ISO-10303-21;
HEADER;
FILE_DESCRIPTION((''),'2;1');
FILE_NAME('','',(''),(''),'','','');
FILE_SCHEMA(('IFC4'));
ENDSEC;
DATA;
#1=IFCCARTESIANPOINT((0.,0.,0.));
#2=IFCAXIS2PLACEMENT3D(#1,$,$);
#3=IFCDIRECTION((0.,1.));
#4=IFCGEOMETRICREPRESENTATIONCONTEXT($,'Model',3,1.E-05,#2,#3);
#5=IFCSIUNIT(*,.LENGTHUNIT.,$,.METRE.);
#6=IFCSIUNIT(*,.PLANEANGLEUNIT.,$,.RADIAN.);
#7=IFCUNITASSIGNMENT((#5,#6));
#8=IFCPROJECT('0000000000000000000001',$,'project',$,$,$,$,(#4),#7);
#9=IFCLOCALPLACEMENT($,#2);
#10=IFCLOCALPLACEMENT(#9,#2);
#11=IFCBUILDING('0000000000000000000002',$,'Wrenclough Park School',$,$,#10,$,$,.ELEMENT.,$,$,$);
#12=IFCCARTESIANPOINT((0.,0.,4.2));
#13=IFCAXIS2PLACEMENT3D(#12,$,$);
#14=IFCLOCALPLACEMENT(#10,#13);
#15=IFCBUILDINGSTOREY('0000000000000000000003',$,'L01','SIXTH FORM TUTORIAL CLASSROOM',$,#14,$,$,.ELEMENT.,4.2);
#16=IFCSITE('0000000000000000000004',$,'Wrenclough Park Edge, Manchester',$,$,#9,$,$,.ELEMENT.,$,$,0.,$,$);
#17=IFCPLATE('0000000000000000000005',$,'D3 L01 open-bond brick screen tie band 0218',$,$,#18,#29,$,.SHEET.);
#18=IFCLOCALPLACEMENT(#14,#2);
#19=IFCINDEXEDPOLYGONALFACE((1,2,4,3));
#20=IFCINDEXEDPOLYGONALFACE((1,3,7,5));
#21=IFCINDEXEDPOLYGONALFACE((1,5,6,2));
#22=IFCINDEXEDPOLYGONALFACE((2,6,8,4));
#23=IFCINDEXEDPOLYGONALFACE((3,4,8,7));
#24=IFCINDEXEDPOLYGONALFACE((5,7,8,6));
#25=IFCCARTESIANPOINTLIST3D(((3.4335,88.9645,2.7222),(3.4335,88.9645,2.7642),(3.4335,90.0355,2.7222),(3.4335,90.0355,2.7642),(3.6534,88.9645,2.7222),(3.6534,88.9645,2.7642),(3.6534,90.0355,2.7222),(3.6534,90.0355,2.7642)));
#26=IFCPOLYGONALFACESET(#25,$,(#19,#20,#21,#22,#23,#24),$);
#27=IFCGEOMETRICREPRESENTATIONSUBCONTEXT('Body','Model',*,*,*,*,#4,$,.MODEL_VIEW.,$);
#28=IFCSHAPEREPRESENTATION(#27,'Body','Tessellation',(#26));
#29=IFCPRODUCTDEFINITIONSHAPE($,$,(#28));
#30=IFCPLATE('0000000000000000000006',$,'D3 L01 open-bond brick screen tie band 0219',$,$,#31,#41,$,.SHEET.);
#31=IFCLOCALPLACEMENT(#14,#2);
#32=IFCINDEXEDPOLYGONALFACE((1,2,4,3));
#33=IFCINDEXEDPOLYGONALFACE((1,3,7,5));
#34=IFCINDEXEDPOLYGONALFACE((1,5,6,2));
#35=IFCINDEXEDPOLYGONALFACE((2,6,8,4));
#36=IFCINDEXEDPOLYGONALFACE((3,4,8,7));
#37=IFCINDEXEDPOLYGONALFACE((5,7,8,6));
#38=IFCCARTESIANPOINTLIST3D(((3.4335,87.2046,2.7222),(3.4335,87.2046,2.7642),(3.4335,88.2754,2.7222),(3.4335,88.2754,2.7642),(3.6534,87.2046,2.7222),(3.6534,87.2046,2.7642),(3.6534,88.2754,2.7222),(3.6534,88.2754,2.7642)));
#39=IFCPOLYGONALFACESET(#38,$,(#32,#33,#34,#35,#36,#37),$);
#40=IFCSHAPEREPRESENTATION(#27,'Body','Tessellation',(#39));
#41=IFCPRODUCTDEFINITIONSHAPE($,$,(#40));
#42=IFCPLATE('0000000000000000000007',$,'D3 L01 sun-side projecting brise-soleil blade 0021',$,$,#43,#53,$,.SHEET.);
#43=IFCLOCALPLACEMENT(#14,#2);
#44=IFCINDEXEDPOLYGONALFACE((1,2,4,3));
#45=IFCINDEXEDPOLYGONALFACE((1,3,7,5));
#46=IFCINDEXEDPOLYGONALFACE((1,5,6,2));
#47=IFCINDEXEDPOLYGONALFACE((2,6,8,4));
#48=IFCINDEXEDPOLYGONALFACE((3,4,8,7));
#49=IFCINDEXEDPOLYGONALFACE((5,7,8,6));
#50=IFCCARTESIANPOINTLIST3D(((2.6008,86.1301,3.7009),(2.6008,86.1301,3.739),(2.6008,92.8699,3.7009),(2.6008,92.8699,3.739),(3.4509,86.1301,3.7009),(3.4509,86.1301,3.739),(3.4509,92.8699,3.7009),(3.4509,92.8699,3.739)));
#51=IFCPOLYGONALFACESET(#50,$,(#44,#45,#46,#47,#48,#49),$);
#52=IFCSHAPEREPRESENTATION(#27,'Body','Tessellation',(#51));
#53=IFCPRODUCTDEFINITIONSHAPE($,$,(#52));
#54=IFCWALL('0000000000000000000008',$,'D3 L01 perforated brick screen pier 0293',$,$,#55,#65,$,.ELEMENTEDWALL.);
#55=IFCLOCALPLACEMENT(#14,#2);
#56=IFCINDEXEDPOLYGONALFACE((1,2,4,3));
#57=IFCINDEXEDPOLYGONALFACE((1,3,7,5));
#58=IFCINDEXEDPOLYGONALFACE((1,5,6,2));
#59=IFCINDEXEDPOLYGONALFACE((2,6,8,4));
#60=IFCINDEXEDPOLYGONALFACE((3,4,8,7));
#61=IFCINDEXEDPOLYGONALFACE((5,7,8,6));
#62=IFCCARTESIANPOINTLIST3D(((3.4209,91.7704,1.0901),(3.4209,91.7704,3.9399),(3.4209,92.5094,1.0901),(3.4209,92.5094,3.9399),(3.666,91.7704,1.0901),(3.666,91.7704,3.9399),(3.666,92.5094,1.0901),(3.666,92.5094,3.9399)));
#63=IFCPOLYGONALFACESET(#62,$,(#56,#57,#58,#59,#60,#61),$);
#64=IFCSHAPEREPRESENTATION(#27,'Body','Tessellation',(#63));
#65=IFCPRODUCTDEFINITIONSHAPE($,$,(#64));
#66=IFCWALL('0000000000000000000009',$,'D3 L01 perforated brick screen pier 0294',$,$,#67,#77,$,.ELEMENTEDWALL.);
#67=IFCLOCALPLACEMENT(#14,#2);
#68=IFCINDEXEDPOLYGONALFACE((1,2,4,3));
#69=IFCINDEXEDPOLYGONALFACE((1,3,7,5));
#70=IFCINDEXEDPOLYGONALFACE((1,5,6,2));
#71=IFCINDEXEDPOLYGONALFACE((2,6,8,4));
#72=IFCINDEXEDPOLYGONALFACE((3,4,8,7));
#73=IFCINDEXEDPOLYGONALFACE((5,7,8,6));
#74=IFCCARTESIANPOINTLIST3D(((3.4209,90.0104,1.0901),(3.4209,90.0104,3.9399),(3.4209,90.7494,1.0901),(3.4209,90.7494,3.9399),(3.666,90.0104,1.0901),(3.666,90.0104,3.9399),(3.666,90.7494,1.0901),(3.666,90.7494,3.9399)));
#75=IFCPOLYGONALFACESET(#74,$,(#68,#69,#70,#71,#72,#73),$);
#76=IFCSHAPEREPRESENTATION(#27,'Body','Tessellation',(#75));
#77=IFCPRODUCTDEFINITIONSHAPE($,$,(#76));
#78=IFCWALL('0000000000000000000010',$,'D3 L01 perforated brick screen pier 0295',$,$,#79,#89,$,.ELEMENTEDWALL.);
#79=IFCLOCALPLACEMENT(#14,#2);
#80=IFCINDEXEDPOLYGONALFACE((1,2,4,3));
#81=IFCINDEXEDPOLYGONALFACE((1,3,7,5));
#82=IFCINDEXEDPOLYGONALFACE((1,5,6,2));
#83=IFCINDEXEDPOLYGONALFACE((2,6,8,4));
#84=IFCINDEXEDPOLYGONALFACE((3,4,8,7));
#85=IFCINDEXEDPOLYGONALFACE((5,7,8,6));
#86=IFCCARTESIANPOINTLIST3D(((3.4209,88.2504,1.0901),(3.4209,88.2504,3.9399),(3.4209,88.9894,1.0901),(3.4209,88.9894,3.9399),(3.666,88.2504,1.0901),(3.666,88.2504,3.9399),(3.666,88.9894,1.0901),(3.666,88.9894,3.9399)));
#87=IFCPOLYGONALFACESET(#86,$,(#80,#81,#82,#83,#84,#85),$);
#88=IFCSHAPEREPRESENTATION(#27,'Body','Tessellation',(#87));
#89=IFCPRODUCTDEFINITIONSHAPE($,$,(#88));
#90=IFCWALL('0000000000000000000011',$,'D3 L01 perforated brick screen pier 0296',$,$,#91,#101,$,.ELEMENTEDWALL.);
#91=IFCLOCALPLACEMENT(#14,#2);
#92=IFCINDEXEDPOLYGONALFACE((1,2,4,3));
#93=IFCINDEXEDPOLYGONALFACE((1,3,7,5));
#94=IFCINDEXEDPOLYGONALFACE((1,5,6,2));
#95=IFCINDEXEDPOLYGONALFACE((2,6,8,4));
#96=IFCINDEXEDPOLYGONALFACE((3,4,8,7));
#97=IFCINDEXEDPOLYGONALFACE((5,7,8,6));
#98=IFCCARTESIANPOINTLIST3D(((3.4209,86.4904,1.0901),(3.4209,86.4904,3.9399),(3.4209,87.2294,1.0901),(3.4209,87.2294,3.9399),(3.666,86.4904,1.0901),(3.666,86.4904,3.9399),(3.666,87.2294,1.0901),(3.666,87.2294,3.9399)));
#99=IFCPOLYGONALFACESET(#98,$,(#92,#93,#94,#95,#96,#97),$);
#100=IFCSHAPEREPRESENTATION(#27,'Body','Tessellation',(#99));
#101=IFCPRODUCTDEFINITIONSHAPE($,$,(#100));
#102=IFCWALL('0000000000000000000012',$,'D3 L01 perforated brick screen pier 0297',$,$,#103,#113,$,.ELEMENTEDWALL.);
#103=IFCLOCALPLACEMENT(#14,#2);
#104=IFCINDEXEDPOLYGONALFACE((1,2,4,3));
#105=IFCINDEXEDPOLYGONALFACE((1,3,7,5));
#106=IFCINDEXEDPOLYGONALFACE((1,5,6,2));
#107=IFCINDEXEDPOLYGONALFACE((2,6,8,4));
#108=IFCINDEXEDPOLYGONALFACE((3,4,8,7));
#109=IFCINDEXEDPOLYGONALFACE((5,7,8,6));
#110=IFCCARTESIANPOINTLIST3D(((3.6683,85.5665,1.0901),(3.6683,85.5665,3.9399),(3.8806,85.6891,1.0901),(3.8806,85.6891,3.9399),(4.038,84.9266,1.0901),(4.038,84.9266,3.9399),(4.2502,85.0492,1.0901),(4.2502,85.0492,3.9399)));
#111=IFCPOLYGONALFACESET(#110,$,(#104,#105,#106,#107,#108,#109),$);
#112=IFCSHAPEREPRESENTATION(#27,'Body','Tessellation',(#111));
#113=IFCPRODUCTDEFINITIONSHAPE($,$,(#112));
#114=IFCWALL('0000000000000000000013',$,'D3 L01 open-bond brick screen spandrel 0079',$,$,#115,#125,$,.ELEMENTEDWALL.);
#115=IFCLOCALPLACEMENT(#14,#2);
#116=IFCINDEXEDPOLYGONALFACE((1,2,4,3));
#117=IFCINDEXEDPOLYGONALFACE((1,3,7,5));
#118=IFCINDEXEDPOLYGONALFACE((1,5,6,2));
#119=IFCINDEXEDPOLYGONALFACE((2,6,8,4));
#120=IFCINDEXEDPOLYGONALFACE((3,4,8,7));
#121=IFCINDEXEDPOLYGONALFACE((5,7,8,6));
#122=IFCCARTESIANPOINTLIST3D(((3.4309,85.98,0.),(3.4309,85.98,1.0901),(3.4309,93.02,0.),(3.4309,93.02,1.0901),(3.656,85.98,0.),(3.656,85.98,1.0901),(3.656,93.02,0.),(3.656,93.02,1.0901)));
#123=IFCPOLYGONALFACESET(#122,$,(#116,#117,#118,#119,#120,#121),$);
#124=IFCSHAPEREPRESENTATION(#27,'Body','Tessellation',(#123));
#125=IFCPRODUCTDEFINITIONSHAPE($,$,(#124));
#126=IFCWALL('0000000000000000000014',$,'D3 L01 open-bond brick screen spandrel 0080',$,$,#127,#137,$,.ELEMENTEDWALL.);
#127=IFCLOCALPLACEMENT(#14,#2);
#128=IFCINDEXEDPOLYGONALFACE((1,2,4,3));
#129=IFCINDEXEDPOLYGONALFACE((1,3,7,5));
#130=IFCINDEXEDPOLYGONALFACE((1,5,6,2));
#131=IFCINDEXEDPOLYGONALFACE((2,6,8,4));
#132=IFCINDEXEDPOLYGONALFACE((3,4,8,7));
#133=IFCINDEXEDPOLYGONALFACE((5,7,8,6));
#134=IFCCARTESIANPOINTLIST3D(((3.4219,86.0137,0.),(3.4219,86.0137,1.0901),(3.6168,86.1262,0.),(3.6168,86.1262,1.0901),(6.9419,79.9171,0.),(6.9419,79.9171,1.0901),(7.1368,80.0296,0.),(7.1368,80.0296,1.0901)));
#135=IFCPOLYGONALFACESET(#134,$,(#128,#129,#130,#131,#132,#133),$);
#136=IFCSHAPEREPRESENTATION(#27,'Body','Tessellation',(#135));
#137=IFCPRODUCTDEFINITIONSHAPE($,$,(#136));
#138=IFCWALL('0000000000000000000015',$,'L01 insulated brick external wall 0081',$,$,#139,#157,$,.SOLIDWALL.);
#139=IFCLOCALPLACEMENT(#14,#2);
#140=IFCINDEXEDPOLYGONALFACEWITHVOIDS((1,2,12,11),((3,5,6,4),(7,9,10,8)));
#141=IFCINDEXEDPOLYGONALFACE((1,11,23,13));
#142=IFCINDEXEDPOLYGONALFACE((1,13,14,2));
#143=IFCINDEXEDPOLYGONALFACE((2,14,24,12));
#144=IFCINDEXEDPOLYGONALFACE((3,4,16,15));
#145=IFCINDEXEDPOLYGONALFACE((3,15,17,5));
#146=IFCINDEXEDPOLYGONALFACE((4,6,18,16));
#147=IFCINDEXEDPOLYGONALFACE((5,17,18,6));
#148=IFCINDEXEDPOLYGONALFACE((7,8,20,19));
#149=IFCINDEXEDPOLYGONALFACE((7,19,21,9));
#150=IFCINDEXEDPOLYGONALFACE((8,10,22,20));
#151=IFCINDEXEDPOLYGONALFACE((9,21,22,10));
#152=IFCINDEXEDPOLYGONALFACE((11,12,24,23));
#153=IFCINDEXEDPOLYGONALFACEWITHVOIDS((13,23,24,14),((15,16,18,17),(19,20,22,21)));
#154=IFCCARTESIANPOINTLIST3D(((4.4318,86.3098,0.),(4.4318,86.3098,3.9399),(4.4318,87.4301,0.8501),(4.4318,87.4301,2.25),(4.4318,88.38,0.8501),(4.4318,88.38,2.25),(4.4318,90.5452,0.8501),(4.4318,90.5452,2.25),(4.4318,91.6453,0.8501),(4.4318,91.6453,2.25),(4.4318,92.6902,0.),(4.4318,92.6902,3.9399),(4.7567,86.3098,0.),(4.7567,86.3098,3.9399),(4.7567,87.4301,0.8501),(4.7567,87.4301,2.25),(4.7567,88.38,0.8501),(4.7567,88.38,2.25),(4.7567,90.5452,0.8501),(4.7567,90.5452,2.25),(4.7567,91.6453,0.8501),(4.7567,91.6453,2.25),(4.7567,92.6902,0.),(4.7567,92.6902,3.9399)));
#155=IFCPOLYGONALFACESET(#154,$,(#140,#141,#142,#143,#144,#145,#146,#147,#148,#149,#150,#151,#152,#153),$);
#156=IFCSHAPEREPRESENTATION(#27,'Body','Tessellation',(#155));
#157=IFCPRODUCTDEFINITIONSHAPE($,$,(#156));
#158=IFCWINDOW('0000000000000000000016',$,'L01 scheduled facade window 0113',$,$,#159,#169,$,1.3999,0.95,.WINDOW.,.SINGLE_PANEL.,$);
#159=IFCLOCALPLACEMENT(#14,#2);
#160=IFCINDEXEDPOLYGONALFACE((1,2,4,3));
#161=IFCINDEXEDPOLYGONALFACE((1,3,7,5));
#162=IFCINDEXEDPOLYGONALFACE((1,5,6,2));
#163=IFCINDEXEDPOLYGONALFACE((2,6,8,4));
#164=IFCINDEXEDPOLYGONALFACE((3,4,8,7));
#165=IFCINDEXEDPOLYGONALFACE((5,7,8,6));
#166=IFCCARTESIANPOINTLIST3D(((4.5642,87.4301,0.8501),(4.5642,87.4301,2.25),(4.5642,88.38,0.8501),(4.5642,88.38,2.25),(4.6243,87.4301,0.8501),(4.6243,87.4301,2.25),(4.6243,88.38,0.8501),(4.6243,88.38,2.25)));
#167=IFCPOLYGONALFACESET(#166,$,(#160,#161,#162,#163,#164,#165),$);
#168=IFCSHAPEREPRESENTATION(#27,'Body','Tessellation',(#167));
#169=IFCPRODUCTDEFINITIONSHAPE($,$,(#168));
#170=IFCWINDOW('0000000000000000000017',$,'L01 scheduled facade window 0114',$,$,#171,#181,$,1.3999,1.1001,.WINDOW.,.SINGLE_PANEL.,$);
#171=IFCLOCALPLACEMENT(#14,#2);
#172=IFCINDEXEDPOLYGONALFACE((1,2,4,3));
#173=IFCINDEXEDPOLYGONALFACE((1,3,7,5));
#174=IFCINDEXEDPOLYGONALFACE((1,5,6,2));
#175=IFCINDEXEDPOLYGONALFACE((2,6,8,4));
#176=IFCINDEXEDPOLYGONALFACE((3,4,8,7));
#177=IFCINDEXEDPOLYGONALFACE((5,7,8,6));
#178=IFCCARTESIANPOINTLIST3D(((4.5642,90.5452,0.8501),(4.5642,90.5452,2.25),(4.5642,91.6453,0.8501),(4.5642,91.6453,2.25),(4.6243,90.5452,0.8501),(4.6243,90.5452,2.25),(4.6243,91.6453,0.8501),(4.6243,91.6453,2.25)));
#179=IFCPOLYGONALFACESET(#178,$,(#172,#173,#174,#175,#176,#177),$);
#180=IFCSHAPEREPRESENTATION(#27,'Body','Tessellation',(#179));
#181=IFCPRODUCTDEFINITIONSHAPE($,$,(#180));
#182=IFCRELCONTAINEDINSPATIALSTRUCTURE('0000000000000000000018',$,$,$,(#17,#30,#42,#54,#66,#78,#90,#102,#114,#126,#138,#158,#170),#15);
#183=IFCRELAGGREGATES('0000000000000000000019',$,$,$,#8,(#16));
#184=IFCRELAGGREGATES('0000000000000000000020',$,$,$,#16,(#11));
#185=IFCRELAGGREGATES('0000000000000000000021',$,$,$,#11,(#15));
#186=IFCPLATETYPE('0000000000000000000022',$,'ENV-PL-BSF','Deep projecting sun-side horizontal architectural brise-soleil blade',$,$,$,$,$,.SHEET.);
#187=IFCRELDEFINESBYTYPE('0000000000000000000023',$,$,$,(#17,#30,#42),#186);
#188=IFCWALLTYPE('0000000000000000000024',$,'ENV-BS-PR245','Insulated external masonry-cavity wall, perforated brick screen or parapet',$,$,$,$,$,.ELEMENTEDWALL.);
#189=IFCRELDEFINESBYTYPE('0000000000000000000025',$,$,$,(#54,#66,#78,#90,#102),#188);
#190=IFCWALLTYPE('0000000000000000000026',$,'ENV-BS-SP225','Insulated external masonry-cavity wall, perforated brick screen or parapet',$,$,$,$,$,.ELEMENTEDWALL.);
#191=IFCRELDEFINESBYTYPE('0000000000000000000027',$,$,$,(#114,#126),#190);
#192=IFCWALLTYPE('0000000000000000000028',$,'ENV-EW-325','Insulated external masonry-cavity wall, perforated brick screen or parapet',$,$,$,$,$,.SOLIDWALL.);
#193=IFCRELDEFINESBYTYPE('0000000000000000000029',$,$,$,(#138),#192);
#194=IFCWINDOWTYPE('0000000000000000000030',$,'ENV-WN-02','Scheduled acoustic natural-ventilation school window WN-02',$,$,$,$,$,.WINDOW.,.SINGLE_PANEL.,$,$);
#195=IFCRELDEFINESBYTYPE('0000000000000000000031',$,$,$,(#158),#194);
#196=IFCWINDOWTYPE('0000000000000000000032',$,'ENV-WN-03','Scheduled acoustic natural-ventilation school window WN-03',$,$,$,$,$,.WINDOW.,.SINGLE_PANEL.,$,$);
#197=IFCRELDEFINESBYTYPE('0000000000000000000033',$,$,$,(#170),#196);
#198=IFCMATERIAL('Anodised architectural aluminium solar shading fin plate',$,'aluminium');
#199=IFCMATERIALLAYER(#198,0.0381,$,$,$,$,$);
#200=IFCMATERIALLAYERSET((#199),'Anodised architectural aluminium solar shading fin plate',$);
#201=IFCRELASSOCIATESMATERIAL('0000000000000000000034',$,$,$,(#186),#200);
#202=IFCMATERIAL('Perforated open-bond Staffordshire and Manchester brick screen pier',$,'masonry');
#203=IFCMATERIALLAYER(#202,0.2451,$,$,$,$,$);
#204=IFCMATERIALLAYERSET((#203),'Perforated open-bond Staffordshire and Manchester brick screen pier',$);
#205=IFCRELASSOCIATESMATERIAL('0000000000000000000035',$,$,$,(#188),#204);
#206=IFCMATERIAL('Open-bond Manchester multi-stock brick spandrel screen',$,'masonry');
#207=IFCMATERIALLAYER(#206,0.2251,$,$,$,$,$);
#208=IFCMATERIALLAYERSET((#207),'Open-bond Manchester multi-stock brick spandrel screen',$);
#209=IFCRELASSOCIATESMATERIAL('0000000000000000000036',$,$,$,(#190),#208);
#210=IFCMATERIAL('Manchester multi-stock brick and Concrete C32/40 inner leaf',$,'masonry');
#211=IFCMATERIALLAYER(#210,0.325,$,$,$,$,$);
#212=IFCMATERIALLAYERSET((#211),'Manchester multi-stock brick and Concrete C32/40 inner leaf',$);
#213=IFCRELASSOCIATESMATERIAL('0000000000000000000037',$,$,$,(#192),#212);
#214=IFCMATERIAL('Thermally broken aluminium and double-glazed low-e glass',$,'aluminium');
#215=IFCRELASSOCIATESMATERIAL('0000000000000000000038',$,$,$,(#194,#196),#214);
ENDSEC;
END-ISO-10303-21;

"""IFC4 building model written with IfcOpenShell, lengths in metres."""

from ifc_helpers import new_model, si_unit, direction, frame, frame_2d, origin, origin_2d, place, context, subcontext, project, spatial, rectangle, extrude, material, layer, layer_set, type_object, element, fill, save


model = new_model("IFC4")

# Units and contexts
model_context = context("Model", 3, precision=1e-05, world=origin(), true_north=direction((0.0, 1.0)))
body_context = subcontext(model_context, "Body", "Model", "MODEL_VIEW")
ifc_project = project(units=[si_unit("LENGTHUNIT", "METRE"), si_unit("PLANEANGLEUNIT", "RADIAN")], contexts=[model_context])

# Site, building, storey
site_placement = place(None, origin())
site = spatial("IfcSite", under=ifc_project, at=site_placement, Name="Wrenclough Park Edge, Manchester", CompositionType="ELEMENT", RefElevation=0.0)
building_placement = place(site_placement, origin())
building = spatial("IfcBuilding", under=site, at=building_placement, Name="Wrenclough Park School", CompositionType="ELEMENT")
storey_placement = place(building_placement, frame((0.0, 0.0, 4.2)))
storey = spatial("IfcBuildingStorey", under=building, at=storey_placement, Name="L01", Description="SIXTH FORM TUTORIAL CLASSROOM", CompositionType="ELEMENT", Elevation=4.2)

# Plates
ifc_material_1 = material(Name="Anodised architectural aluminium solar shading fin plate", Category="aluminium")
ifc_layer_1 = layer(ifc_material_1, 0.0381)
ifc_layer_set_1 = layer_set([ifc_layer_1], Name="Anodised architectural aluminium solar shading fin plate")
plate_type_1 = type_object("IfcPlateType", Name="ENV-PL-BSF", Description="Deep projecting sun-side horizontal architectural brise-soleil blade", PredefinedType="SHEET", material=ifc_layer_set_1)
plate_1_placement = place(storey_placement, frame((3.5435, 89.5, 2.7222), z_axis=(0.0, 0.0, 1.0), x_axis=(0.0, -1.0, 0.0)))
element("IfcPlate", 1, at=plate_1_placement, inside=storey, type_object=plate_type_1, Name="D3 L01 open-bond brick screen tie band 0218", PredefinedType="SHEET", context=body_context, shape_type="SweptSolid", body=[
    extrude(rectangle(XDim=1.071, YDim=0.22, at=origin_2d()), origin(), (0.0, 0.0, 1.0), 0.042),
])
plate_2_placement = place(storey_placement, frame((3.5435, 87.74, 2.7222), z_axis=(0.0, 0.0, 1.0), x_axis=(0.0, -1.0, 0.0)))
element("IfcPlate", 2, at=plate_2_placement, inside=storey, type_object=plate_type_1, Name="D3 L01 open-bond brick screen tie band 0219", PredefinedType="SHEET", context=body_context, shape_type="SweptSolid", body=[
    extrude(rectangle(XDim=1.0708, YDim=0.22, at=origin_2d()), origin(), (0.0, 0.0, 1.0), 0.042),
])
plate_3_placement = place(storey_placement, frame((3.0259, 89.5, 3.7009), z_axis=(0.0, 0.0, 1.0), x_axis=(0.0, -1.0, 0.0)))
element("IfcPlate", 3, at=plate_3_placement, inside=storey, type_object=plate_type_1, Name="D3 L01 sun-side projecting brise-soleil blade 0021", PredefinedType="SHEET", context=body_context, shape_type="SweptSolid", body=[
    extrude(rectangle(XDim=6.7397, YDim=0.8501, at=origin_2d()), origin(), (0.0, 0.0, 1.0), 0.0381),
])

# Walls
ifc_material_2 = material(Name="Perforated open-bond Staffordshire and Manchester brick screen pier", Category="masonry")
ifc_layer_2 = layer(ifc_material_2, 0.2451)
ifc_layer_set_2 = layer_set([ifc_layer_2], Name="Perforated open-bond Staffordshire and Manchester brick screen pier")
wall_type_1 = type_object("IfcWallType", Name="ENV-BS-PR245", Description="Insulated external masonry-cavity wall, perforated brick screen or parapet", PredefinedType="ELEMENTEDWALL", material=ifc_layer_set_2)
for number, where, z_axis, x_axis, name in (
    (4, (3.5435, 92.5095, 1.0901), (0.0, 0.0, 1.0), (0.0, -1.0, 0.0), "D3 L01 perforated brick screen pier 0293"),
    (5, (3.5435, 90.7495, 1.0901), (0.0, 0.0, 1.0), (0.0, -1.0, 0.0), "D3 L01 perforated brick screen pier 0294"),
    (6, (3.5435, 88.9895, 1.0901), (0.0, 0.0, 1.0), (0.0, -1.0, 0.0), "D3 L01 perforated brick screen pier 0295"),
    (7, (3.5435, 87.2295, 1.0901), (0.0, 0.0, 1.0), (0.0, -1.0, 0.0), "D3 L01 perforated brick screen pier 0296"),
    (8, (3.7744, 85.6279, 1.0901), (0.0, 0.0, 1.0), (0.50019, -0.865916, 0.0), "D3 L01 perforated brick screen pier 0297"),
):
    element("IfcWall", number, at=place(storey_placement, frame(where, z_axis=z_axis, x_axis=x_axis)), inside=storey, type_object=wall_type_1, Name=name, PredefinedType="ELEMENTEDWALL", context=body_context, shape_type="SweptSolid", body=[
        extrude(rectangle(XDim=0.739, YDim=0.2451, at=frame_2d((0.3696, 0.0))), origin(), (0.0, 0.0, 1.0), 2.8499),
    ])
ifc_material_3 = material(Name="Open-bond Manchester multi-stock brick spandrel screen", Category="masonry")
ifc_layer_3 = layer(ifc_material_3, 0.2251)
ifc_layer_set_3 = layer_set([ifc_layer_3], Name="Open-bond Manchester multi-stock brick spandrel screen")
wall_type_2 = type_object("IfcWallType", Name="ENV-BS-SP225", Description="Insulated external masonry-cavity wall, perforated brick screen or parapet", PredefinedType="ELEMENTEDWALL", material=ifc_layer_set_3)
wall_1_placement = place(storey_placement, frame((3.5435, 93.02, 0.0), z_axis=(0.0, 0.0, 1.0), x_axis=(0.0, -1.0, 0.0)))
element("IfcWall", 9, at=wall_1_placement, inside=storey, type_object=wall_type_2, Name="D3 L01 open-bond brick screen spandrel 0079", PredefinedType="ELEMENTEDWALL", context=body_context, shape_type="SweptSolid", body=[
    extrude(rectangle(XDim=7.04, YDim=0.2251, at=frame_2d((3.52, 0.0))), origin(), (0.0, 0.0, 1.0), 1.0901),
])
wall_2_placement = place(storey_placement, frame((3.5193, 86.0701, 0.0), z_axis=(0.0, 0.0, 1.0), x_axis=(0.500011, -0.866019, 0.0)))
element("IfcWall", 10, at=wall_2_placement, inside=storey, type_object=wall_type_2, Name="D3 L01 open-bond brick screen spandrel 0080", PredefinedType="ELEMENTEDWALL", context=body_context, shape_type="SweptSolid", body=[
    extrude(rectangle(XDim=7.0398, YDim=0.2251, at=frame_2d((3.52, 0.0))), origin(), (0.0, 0.0, 1.0), 1.0901),
])

# Wall, openings, windows
ifc_material_4 = material(Name="Manchester multi-stock brick and Concrete C32/40 inner leaf", Category="masonry")
ifc_layer_4 = layer(ifc_material_4, 0.325)
ifc_layer_set_4 = layer_set([ifc_layer_4], Name="Manchester multi-stock brick and Concrete C32/40 inner leaf")
wall_type_3 = type_object("IfcWallType", Name="ENV-EW-325", Description="Insulated external masonry-cavity wall, perforated brick screen or parapet", PredefinedType="SOLIDWALL", material=ifc_layer_set_4)
wall_3_placement = place(storey_placement, frame((4.5942, 86.3098, 0.0), z_axis=(0.0, 0.0, 1.0), x_axis=(0.0, 1.0, 0.0)))
wall_3 = element("IfcWall", 11, at=wall_3_placement, inside=storey, type_object=wall_type_3, Name="L01 insulated brick external wall 0081", PredefinedType="SOLIDWALL", context=body_context, shape_type="SweptSolid", body=[
    extrude(rectangle(XDim=6.3804, YDim=0.325, at=frame_2d((3.1902, 0.0))), origin(), (0.0, 0.0, 1.0), 3.9399),
])
opening_1_placement = place(wall_3_placement, frame((1.1201, 0.0, 0.8501)))
opening_1 = element("IfcOpeningElement", 12, at=opening_1_placement, cuts=wall_3, PredefinedType="OPENING", context=body_context, shape_type="SweptSolid", body=[
    extrude(rectangle(XDim=0.95, YDim=1.3999, at=frame_2d((0.4751, 0.7))), frame((0.0, 0.1724, 0.0), z_axis=(0.0, -1.0, 0.0), x_axis=(1.0, 0.0, 0.0)), (0.0, 0.0, 1.0), 0.345),
])
opening_2_placement = place(wall_3_placement, frame((4.2354, 0.0, 0.8501)))
opening_2 = element("IfcOpeningElement", 13, at=opening_2_placement, cuts=wall_3, PredefinedType="OPENING", context=body_context, shape_type="SweptSolid", body=[
    extrude(rectangle(XDim=1.1001, YDim=1.3999, at=frame_2d((0.55, 0.7))), frame((0.0, 0.1724, 0.0), z_axis=(0.0, -1.0, 0.0), x_axis=(1.0, 0.0, 0.0)), (0.0, 0.0, 1.0), 0.345),
])
ifc_material_5 = material(Name="Thermally broken aluminium and double-glazed low-e glass", Category="aluminium")
window_type_1 = type_object("IfcWindowType", Name="ENV-WN-02", Description="Scheduled acoustic natural-ventilation school window WN-02", PartitioningType="SINGLE_PANEL", PredefinedType="WINDOW", material=ifc_material_5)
window_1_placement = place(opening_1_placement, origin())
window_1 = element("IfcWindow", 14, at=window_1_placement, inside=storey, type_object=window_type_1, Name="L01 scheduled facade window 0113", OverallHeight=1.3999, OverallWidth=0.95, PartitioningType="SINGLE_PANEL", PredefinedType="WINDOW", context=body_context, shape_type="SweptSolid", body=[
    extrude(rectangle(XDim=0.95, YDim=1.3999, at=frame_2d((0.4751, 0.7))), frame((0.0, 0.03, 0.0), z_axis=(0.0, -1.0, 0.0), x_axis=(1.0, 0.0, 0.0)), (0.0, 0.0, 1.0), 0.0601),
])
fill(opening_1, window_1)
window_type_2 = type_object("IfcWindowType", Name="ENV-WN-03", Description="Scheduled acoustic natural-ventilation school window WN-03", PartitioningType="SINGLE_PANEL", PredefinedType="WINDOW", material=ifc_material_5)
window_2_placement = place(opening_2_placement, origin())
window_2 = element("IfcWindow", 15, at=window_2_placement, inside=storey, type_object=window_type_2, Name="L01 scheduled facade window 0114", OverallHeight=1.3999, OverallWidth=1.1001, PartitioningType="SINGLE_PANEL", PredefinedType="WINDOW", context=body_context, shape_type="SweptSolid", body=[
    extrude(rectangle(XDim=1.1001, YDim=1.3999, at=frame_2d((0.55, 0.7))), frame((0.0, 0.03, 0.0), z_axis=(0.0, -1.0, 0.0), x_axis=(1.0, 0.0, 0.0)), (0.0, 0.0, 1.0), 0.0601),
])
fill(opening_2, window_2)

save(model, "model.ifc")
